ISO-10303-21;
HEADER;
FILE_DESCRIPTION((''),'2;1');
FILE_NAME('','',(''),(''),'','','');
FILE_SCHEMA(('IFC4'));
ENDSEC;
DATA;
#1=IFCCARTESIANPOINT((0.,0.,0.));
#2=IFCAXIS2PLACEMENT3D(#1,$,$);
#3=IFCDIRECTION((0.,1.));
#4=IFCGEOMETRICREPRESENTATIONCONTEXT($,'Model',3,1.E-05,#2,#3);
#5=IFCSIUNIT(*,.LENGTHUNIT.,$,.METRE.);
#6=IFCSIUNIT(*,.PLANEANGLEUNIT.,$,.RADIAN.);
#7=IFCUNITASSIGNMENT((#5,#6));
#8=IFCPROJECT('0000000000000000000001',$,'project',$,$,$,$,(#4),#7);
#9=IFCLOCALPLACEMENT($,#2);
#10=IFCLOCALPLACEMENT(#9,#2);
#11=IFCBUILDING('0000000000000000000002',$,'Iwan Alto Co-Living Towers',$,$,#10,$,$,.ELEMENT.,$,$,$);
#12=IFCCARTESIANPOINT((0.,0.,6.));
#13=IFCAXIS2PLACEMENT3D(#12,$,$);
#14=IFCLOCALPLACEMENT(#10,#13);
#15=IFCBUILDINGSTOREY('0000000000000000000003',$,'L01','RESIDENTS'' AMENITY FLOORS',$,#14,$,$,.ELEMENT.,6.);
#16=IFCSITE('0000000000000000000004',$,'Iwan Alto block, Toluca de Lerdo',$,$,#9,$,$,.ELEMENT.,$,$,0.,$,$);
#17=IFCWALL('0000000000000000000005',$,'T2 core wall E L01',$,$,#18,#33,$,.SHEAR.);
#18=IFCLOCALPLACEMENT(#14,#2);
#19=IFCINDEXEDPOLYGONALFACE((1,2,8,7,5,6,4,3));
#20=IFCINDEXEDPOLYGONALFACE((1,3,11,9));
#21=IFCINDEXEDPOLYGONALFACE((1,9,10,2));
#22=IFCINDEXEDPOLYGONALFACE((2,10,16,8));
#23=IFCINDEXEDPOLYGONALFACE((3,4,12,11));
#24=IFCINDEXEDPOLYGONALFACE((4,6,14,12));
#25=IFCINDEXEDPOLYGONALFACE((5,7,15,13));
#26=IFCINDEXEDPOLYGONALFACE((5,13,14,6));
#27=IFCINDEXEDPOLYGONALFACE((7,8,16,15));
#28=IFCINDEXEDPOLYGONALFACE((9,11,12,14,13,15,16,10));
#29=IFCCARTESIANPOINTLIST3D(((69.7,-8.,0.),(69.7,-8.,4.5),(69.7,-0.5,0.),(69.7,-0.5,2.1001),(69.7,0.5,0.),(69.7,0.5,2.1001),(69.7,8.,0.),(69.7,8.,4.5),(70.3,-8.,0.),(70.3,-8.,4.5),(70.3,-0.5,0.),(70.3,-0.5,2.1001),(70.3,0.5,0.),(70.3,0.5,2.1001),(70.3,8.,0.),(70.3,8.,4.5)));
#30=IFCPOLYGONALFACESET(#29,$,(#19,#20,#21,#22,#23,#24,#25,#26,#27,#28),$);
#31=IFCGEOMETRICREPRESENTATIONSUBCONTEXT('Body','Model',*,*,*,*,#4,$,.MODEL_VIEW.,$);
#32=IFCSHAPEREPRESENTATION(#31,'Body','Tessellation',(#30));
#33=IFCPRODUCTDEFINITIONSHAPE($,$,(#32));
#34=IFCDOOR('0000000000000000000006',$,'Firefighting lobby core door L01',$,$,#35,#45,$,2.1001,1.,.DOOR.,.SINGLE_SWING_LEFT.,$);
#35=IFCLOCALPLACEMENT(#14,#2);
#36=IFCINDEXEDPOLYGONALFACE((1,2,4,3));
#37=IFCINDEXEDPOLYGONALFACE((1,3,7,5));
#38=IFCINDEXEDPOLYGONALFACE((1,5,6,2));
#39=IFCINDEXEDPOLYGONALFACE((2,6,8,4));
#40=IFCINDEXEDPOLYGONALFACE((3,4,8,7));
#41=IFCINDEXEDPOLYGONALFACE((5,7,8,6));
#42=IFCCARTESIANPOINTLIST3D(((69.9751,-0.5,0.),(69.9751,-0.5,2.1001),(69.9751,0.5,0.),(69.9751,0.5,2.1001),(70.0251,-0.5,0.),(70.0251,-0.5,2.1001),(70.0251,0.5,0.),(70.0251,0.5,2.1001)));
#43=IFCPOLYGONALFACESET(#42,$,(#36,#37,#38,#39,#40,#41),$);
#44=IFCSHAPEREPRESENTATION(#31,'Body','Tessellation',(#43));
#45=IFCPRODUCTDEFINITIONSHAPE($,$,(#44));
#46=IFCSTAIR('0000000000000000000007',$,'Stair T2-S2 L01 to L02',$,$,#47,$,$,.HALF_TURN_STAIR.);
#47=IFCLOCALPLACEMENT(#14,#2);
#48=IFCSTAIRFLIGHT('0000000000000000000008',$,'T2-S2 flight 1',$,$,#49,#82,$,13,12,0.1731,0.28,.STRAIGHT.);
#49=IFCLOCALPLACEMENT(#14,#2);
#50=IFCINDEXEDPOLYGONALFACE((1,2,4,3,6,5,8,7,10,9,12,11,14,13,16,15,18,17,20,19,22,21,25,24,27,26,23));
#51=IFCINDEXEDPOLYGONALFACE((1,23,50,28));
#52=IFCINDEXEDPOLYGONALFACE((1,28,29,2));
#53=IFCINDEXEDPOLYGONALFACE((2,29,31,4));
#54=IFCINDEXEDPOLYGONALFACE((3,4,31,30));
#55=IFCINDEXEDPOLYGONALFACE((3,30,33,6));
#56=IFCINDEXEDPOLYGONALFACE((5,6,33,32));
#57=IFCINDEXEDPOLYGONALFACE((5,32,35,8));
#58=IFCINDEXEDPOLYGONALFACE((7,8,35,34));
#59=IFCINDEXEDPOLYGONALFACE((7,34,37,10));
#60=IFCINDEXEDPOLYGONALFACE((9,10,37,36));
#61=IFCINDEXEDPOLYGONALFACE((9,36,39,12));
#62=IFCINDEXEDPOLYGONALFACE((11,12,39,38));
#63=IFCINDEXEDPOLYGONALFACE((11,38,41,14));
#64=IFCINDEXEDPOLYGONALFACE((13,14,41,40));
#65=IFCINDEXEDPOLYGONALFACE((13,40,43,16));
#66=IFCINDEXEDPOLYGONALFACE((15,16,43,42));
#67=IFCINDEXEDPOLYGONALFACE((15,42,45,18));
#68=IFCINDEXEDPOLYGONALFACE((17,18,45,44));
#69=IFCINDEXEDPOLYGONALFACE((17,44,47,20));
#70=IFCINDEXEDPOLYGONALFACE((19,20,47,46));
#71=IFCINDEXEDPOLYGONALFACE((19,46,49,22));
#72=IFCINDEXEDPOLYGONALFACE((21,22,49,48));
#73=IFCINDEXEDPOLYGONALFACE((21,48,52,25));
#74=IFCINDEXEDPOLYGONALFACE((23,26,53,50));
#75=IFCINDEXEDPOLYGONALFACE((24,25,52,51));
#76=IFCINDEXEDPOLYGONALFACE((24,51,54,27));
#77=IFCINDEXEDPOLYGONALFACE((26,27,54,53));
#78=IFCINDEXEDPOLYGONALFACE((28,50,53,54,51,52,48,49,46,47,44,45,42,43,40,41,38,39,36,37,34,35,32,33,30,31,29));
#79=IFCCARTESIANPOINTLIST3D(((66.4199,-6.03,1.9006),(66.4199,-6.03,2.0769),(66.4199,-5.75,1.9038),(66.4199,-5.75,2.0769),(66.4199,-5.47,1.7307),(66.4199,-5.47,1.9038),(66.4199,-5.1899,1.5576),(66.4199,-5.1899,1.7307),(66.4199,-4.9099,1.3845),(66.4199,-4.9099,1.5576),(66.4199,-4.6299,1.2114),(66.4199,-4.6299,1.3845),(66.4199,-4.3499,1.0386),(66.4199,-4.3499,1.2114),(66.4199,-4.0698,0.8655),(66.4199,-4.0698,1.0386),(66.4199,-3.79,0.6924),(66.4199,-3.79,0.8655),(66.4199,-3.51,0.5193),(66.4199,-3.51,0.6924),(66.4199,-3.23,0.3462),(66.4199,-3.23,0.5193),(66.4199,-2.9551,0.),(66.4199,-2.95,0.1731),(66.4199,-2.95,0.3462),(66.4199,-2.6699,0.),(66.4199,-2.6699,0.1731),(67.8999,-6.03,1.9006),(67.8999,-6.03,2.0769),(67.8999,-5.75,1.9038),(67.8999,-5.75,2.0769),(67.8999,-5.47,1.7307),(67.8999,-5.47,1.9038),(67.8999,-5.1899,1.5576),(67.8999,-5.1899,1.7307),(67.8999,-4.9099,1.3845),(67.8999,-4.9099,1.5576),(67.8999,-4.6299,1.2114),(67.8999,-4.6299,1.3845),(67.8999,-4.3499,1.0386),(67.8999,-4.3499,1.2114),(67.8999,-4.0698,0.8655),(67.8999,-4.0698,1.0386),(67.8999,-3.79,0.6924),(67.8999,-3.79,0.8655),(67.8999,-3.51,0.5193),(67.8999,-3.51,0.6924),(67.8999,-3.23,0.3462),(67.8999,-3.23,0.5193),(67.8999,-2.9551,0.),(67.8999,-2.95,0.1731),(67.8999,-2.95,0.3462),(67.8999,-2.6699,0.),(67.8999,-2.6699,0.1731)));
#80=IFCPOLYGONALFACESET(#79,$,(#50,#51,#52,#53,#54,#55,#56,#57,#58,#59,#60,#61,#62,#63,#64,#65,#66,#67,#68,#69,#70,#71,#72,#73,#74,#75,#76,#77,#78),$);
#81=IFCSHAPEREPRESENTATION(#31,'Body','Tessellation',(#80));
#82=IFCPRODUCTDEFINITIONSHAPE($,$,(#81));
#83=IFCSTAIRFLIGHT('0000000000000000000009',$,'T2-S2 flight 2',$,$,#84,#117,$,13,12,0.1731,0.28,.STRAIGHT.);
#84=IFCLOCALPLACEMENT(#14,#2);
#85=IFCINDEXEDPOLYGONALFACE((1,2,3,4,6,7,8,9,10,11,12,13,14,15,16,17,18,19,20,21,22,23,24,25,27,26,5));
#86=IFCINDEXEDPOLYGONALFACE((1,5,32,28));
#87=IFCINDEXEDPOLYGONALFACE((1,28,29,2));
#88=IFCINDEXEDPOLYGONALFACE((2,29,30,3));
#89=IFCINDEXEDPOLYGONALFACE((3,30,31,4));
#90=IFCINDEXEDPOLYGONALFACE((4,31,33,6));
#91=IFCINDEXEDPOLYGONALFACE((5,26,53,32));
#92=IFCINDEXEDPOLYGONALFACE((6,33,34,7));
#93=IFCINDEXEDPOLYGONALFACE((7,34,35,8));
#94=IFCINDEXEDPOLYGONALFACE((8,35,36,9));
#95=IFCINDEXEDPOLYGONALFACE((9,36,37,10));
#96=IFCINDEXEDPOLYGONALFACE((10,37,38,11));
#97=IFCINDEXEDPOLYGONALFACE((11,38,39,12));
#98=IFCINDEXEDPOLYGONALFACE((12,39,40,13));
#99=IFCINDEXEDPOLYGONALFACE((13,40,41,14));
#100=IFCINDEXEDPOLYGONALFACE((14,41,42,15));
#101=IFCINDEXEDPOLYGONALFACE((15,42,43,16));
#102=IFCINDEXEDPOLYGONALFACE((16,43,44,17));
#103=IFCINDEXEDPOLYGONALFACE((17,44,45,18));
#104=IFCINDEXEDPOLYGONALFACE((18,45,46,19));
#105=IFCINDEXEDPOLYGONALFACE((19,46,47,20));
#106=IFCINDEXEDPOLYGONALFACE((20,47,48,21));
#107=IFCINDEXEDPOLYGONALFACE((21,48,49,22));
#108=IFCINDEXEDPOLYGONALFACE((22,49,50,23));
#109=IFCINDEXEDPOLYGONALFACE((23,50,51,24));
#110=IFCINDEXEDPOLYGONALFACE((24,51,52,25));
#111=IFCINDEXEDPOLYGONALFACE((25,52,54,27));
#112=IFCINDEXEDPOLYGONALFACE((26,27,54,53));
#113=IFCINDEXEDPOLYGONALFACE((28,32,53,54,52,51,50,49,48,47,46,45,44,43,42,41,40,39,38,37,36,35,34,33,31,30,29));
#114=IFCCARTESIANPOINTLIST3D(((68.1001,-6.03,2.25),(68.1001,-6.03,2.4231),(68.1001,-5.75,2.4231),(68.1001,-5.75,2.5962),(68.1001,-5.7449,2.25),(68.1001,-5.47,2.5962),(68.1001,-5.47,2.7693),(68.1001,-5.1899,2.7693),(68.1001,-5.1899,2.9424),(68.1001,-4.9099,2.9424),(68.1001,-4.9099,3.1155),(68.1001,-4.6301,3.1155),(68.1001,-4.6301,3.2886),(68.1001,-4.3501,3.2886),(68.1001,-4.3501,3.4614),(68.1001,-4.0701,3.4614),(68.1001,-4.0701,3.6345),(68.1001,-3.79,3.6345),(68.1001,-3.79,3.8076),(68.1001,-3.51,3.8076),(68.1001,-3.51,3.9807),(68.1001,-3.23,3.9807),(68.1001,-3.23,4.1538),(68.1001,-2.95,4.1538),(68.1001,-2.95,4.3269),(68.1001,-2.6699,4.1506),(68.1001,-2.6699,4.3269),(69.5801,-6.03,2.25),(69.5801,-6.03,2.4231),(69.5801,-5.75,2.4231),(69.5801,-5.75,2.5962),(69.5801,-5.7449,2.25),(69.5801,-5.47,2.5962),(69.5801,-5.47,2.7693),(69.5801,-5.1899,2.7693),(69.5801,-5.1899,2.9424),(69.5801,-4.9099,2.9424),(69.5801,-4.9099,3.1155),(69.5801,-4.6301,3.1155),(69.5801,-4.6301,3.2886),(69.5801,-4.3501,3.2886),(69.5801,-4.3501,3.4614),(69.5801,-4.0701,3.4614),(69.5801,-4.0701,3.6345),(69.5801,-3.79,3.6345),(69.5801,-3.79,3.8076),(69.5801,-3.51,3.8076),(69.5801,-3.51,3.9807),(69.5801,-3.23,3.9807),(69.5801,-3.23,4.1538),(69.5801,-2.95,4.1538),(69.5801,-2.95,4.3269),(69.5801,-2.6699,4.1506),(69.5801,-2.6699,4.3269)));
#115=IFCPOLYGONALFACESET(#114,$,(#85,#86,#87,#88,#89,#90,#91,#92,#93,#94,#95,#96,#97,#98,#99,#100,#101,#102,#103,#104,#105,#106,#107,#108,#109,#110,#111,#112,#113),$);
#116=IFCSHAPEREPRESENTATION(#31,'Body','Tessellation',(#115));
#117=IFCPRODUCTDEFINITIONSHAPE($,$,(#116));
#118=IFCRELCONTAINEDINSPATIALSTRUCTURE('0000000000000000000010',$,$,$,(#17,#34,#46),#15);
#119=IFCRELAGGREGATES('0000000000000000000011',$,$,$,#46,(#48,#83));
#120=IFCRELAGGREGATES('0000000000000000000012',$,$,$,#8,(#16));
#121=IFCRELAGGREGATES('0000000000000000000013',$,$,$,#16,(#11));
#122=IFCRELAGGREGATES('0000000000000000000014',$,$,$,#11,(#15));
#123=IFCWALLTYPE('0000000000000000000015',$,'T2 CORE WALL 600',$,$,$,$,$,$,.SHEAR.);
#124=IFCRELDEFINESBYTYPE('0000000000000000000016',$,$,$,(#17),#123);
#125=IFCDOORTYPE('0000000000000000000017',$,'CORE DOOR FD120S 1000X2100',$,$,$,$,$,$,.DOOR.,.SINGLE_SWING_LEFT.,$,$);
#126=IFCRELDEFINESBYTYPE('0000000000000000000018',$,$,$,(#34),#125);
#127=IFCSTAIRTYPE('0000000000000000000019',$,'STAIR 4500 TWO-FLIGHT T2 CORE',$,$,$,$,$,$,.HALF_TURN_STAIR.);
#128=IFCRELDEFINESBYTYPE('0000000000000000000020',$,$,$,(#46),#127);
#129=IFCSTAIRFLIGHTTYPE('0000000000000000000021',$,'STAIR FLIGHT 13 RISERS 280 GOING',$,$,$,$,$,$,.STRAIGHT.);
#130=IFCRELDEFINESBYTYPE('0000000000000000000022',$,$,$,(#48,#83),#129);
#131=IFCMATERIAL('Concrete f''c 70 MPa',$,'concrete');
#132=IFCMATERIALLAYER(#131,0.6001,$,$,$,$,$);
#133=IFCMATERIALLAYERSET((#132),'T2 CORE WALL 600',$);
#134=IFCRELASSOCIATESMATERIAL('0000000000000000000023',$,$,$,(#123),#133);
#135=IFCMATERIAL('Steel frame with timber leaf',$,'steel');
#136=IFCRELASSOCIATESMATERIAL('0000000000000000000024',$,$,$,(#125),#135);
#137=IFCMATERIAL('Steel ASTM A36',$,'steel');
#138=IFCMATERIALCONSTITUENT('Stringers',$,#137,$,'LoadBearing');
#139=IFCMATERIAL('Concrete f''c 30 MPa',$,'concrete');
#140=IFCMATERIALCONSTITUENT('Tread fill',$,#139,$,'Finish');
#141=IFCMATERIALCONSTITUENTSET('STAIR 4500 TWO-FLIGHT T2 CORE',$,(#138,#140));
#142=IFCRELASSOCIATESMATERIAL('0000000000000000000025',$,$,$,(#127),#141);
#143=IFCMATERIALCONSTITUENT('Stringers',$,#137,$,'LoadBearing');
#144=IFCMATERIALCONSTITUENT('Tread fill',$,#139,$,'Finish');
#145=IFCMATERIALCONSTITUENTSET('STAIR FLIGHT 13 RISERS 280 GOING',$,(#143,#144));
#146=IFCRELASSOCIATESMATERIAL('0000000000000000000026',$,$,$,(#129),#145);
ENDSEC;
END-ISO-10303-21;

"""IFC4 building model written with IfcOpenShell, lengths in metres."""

from ifc_helpers import new_model, si_unit, direction, frame, frame_2d, origin, place, context, subcontext, project, spatial, polyline, rectangle, outline, extrude, material, layer, layer_set, constituent, constituent_set, type_object, element, fill, aggregate, save


model = new_model("IFC4")

# Units and contexts
model_context = context("Model", 3, precision=1e-05, world=origin(), true_north=direction((0.0, 1.0)))
body_context = subcontext(model_context, "Body", "Model", "MODEL_VIEW")
ifc_project = project(units=[si_unit("LENGTHUNIT", "METRE"), si_unit("PLANEANGLEUNIT", "RADIAN")], contexts=[model_context])

# Site, building, storey
site_placement = place(None, origin())
site = spatial("IfcSite", under=ifc_project, at=site_placement, Name="Iwan Alto block, Toluca de Lerdo", CompositionType="ELEMENT", RefElevation=0.0)
building_placement = place(site_placement, origin())
building = spatial("IfcBuilding", under=site, at=building_placement, Name="Iwan Alto Co-Living Towers", CompositionType="ELEMENT")
storey_placement = place(building_placement, frame((0.0, 0.0, 6.0)))
storey = spatial("IfcBuildingStorey", under=building, at=storey_placement, Name="L01", Description="RESIDENTS' AMENITY FLOORS", CompositionType="ELEMENT", Elevation=6.0)

# Wall, opening, door
ifc_material_1 = material(Name="Concrete f'c 70 MPa", Category="concrete")
ifc_layer_1 = layer(ifc_material_1, 0.6001)
ifc_layer_set_1 = layer_set([ifc_layer_1], Name="T2 CORE WALL 600")
wall_type_1 = type_object("IfcWallType", Name="T2 CORE WALL 600", PredefinedType="SHEAR", material=ifc_layer_set_1)
wall_1_placement = place(storey_placement, frame((70.0, -8.0, 0.0), z_axis=(0.0, 0.0, 1.0), x_axis=(0.0, 1.0, 0.0)))
wall_1 = element("IfcWall", 1, at=wall_1_placement, inside=storey, type_object=wall_type_1, Name="T2 core wall E L01", PredefinedType="SHEAR", context=body_context, shape_type="SweptSolid", body=[
    extrude(rectangle(XDim=16.0, YDim=0.6001, at=frame_2d((8.0, 0.0))), origin(), (0.0, 0.0, 1.0), 4.5),
])
opening_1_placement = place(wall_1_placement, frame((7.5, 0.0, 0.0)))
opening_1 = element("IfcOpeningElement", 2, at=opening_1_placement, cuts=wall_1, PredefinedType="OPENING", context=body_context, shape_type="SweptSolid", body=[
    extrude(rectangle(XDim=1.0, YDim=2.1001, at=frame_2d((0.5, 1.05))), frame((0.0, 0.3101, 0.0), z_axis=(0.0, -1.0, 0.0), x_axis=(1.0, 0.0, 0.0)), (0.0, 0.0, 1.0), 0.6201),
])
ifc_material_2 = material(Name="Steel frame with timber leaf", Category="steel")
door_type_1 = type_object("IfcDoorType", Name="CORE DOOR FD120S 1000X2100", OperationType="SINGLE_SWING_LEFT", PredefinedType="DOOR", material=ifc_material_2)
door_1_placement = place(opening_1_placement, origin())
door_1 = element("IfcDoor", 3, at=door_1_placement, inside=storey, type_object=door_type_1, Name="Firefighting lobby core door L01", OperationType="SINGLE_SWING_LEFT", OverallHeight=2.1001, OverallWidth=1.0, PredefinedType="DOOR", context=body_context, shape_type="SweptSolid", body=[
    extrude(rectangle(XDim=1.0, YDim=2.1001, at=frame_2d((0.5, 1.05))), frame((0.0, 0.0249, 0.0), z_axis=(0.0, -1.0, 0.0), x_axis=(1.0, 0.0, 0.0)), (0.0, 0.0, 1.0), 0.05),
])
fill(opening_1, door_1)

# Stair, stair flights
ifc_material_3 = material(Name="Steel ASTM A36", Category="steel")
ifc_constituent_1 = constituent(ifc_material_3, Name="Stringers", Category="LoadBearing")
ifc_material_4 = material(Name="Concrete f'c 30 MPa", Category="concrete")
ifc_constituent_2 = constituent(ifc_material_4, Name="Tread fill", Category="Finish")
ifc_constituent_set_1 = constituent_set(constituents=[ifc_constituent_1, ifc_constituent_2], Name="STAIR 4500 TWO-FLIGHT T2 CORE")
stair_type = type_object("IfcStairType", Name="STAIR 4500 TWO-FLIGHT T2 CORE", PredefinedType="HALF_TURN_STAIR", material=ifc_constituent_set_1)
stair_placement = place(storey_placement, origin())
stair = element("IfcStair", 4, at=stair_placement, inside=storey, type_object=stair_type, Name="Stair T2-S2 L01 to L02", PredefinedType="HALF_TURN_STAIR")
ifc_constituent_3 = constituent(ifc_material_3, Name="Stringers", Category="LoadBearing")
ifc_constituent_4 = constituent(ifc_material_4, Name="Tread fill", Category="Finish")
ifc_constituent_set_2 = constituent_set(constituents=[ifc_constituent_3, ifc_constituent_4], Name="STAIR FLIGHT 13 RISERS 280 GOING")
stair_flight_type = type_object("IfcStairFlightType", Name="STAIR FLIGHT 13 RISERS 280 GOING", PredefinedType="STRAIGHT", material=ifc_constituent_set_2)
stair_flight_1_placement = place(storey_placement, frame((67.1599, -2.6699, 0.0), z_axis=(0.0, 0.0, 1.0), x_axis=(0.0, -1.0, 0.0)))
stair_flight_1 = element("IfcStairFlight", 5, at=stair_flight_1_placement, type_object=stair_flight_type, Name="T2-S2 flight 1", NumberOfRisers=13, NumberOfTreads=12, PredefinedType="STRAIGHT", RiserHeight=0.1731, TreadLength=0.28, context=body_context, shape_type="SweptSolid", body=[
    extrude(outline(polyline([(0.0, 0.0), (0.0, 0.1731), (0.28, 0.1731), (0.28, 0.3462), (0.5601, 0.3462), (0.5601, 0.5193), (0.8401, 0.5193), (0.8401, 0.6924), (1.1201, 0.6924), (1.1201, 0.8655), (1.3999, 0.8655), (1.3999, 1.0386), (1.6799, 1.0386), (1.6799, 1.2114), (1.96, 1.2114), (1.96, 1.3845), (2.24, 1.3845), (2.24, 1.5576), (2.52, 1.5576), (2.52, 1.7307), (2.8, 1.7307), (2.8, 1.9038), (3.0801, 1.9038), (3.0801, 2.0769), (3.3601, 2.0769), (3.3601, 2.25), (3.3601, 1.9006), (0.2852, 0.0), (0.0, 0.0)])), frame((0.0, 0.74, 0.0), z_axis=(0.0, -1.0, 0.0), x_axis=(1.0, 0.0, 0.0)), (0.0, 0.0, 1.0), 1.48),
])
stair_flight_2_placement = place(storey_placement, frame((68.8401, -6.03, 2.25), z_axis=(0.0, 0.0, 1.0), x_axis=(0.0, 1.0, 0.0)))
stair_flight_2 = element("IfcStairFlight", 6, at=stair_flight_2_placement, type_object=stair_flight_type, Name="T2-S2 flight 2", NumberOfRisers=13, NumberOfTreads=12, PredefinedType="STRAIGHT", RiserHeight=0.1731, TreadLength=0.28, context=body_context, shape_type="SweptSolid", body=[
    extrude(outline(polyline([(0.0, 0.0), (0.0, 0.1731), (0.28, 0.1731), (0.28, 0.3462), (0.5601, 0.3462), (0.5601, 0.5193), (0.8401, 0.5193), (0.8401, 0.6924), (1.1201, 0.6924), (1.1201, 0.8655), (1.3999, 0.8655), (1.3999, 1.0386), (1.6799, 1.0386), (1.6799, 1.2114), (1.96, 1.2114), (1.96, 1.3845), (2.24, 1.3845), (2.24, 1.5576), (2.52, 1.5576), (2.52, 1.7307), (2.8, 1.7307), (2.8, 1.9038), (3.0801, 1.9038), (3.0801, 2.0769), (3.3601, 2.0769), (3.3601, 2.25), (3.3601, 1.9006), (0.2852, 0.0), (0.0, 0.0)])), frame((0.0, 0.74, 0.0), z_axis=(0.0, -1.0, 0.0), x_axis=(1.0, 0.0, 0.0)), (0.0, 0.0, 1.0), 1.48),
])
aggregate(stair, [stair_flight_1, stair_flight_2])

save(model, "model.ifc")
